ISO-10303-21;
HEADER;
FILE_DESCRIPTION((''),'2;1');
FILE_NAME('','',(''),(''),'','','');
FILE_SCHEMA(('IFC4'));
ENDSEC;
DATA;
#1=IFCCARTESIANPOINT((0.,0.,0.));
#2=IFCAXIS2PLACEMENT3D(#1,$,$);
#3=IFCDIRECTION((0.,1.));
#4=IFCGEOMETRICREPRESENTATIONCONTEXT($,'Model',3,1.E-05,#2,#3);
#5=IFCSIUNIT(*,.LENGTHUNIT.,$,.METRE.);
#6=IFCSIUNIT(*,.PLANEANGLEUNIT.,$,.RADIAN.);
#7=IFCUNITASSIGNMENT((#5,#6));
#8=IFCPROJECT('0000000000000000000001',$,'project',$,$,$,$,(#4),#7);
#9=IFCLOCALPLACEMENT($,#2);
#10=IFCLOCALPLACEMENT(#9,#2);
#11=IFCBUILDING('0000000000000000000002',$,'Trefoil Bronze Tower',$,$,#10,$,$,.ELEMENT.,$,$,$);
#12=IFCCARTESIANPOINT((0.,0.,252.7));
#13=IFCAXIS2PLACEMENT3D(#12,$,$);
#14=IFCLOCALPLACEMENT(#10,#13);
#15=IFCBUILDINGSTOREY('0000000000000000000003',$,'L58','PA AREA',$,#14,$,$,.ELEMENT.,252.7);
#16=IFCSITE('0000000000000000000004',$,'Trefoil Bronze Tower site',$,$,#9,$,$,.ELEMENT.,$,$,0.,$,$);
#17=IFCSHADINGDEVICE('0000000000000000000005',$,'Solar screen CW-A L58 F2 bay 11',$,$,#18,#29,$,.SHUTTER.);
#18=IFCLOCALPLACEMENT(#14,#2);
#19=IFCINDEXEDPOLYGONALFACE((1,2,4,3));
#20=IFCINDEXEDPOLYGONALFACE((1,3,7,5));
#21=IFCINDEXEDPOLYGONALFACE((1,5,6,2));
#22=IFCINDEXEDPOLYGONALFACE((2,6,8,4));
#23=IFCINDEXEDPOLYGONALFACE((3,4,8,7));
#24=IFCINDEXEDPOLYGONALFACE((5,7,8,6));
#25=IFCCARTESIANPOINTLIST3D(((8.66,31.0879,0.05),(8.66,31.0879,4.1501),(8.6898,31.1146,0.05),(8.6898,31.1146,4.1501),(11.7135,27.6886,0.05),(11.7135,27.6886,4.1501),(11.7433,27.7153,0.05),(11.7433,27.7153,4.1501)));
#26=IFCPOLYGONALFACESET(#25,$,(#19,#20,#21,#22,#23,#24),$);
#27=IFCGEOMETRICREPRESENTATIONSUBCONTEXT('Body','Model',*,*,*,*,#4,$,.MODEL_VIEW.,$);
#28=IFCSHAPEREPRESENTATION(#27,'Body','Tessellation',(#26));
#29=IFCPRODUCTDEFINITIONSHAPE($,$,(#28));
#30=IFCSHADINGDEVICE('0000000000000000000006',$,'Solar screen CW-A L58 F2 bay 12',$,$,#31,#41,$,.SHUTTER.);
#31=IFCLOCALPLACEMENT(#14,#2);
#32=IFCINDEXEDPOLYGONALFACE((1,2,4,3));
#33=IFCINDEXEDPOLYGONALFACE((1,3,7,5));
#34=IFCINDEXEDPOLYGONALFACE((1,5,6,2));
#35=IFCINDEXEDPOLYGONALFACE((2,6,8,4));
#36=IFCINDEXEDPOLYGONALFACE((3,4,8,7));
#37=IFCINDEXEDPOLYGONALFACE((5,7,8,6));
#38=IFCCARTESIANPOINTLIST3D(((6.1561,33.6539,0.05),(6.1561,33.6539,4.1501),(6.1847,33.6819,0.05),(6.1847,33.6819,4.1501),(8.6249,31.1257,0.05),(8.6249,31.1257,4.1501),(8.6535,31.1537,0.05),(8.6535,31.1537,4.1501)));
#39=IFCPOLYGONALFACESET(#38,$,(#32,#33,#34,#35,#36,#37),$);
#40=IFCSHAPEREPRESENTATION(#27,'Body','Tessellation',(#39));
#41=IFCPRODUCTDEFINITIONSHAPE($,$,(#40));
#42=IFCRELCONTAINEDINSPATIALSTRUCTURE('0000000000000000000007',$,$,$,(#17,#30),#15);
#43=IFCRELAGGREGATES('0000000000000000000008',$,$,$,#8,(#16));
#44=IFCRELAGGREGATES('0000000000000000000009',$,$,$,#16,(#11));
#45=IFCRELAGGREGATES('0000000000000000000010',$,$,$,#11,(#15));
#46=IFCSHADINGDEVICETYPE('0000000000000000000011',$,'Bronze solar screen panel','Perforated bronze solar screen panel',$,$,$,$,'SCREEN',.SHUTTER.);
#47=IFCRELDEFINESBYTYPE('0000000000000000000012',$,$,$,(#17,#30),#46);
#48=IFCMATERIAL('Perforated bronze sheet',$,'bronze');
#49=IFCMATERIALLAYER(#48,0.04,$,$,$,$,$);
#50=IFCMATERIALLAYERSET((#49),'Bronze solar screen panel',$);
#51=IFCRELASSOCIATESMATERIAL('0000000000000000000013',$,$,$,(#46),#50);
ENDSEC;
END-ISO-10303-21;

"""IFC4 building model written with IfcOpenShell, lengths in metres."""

from ifc_helpers import new_model, si_unit, direction, frame, origin, origin_2d, place, context, subcontext, project, spatial, rectangle, extrude, material, layer, layer_set, type_object, element, save


model = new_model("IFC4")

# Units and contexts
model_context = context("Model", 3, precision=1e-05, world=origin(), true_north=direction((0.0, 1.0)))
body_context = subcontext(model_context, "Body", "Model", "MODEL_VIEW")
ifc_project = project(units=[si_unit("LENGTHUNIT", "METRE"), si_unit("PLANEANGLEUNIT", "RADIAN")], contexts=[model_context])

# Site, building, storey
site_placement = place(None, origin())
site = spatial("IfcSite", under=ifc_project, at=site_placement, Name="Trefoil Bronze Tower site", CompositionType="ELEMENT", RefElevation=0.0)
building_placement = place(site_placement, origin())
building = spatial("IfcBuilding", under=site, at=building_placement, Name="Trefoil Bronze Tower", CompositionType="ELEMENT")
storey_placement = place(building_placement, frame((0.0, 0.0, 252.7)))
storey = spatial("IfcBuildingStorey", under=building, at=storey_placement, Name="L58", Description="PA AREA", CompositionType="ELEMENT", Elevation=252.7)

# Shading devices
ifc_material_1 = material(Name="Perforated bronze sheet", Category="bronze")
ifc_layer_1 = layer(ifc_material_1, 0.04)
ifc_layer_set_1 = layer_set([ifc_layer_1], Name="Bronze solar screen panel")
shading_device_type = type_object("IfcShadingDeviceType", Name="Bronze solar screen panel", Description="Perforated bronze solar screen panel", ElementType="SCREEN", PredefinedType="SHUTTER", material=ifc_layer_set_1)
shading_device_1_placement = place(storey_placement, frame((10.2017, 29.4016, 0.05), z_axis=(0.0, 0.0, 1.0), x_axis=(-0.668246, 0.743941, 0.0)))
element("IfcShadingDevice", 1, at=shading_device_1_placement, inside=storey, type_object=shading_device_type, Name="Solar screen CW-A L58 F2 bay 11", PredefinedType="SHUTTER", context=body_context, shape_type="SweptSolid", body=[
    extrude(rectangle(XDim=4.5693, YDim=0.04, at=origin_2d()), origin(), (0.0, 0.0, 1.0), 4.1001),
])
shading_device_2_placement = place(storey_placement, frame((7.4048, 32.4038, 0.05), z_axis=(0.0, 0.0, 1.0), x_axis=(-0.698652, 0.715462, 0.0)))
element("IfcShadingDevice", 2, at=shading_device_2_placement, inside=storey, type_object=shading_device_type, Name="Solar screen CW-A L58 F2 bay 12", PredefinedType="SHUTTER", context=body_context, shape_type="SweptSolid", body=[
    extrude(rectangle(XDim=3.5337, YDim=0.04, at=origin_2d()), origin(), (0.0, 0.0, 1.0), 4.1001),
])

save(model, "model.ifc")
